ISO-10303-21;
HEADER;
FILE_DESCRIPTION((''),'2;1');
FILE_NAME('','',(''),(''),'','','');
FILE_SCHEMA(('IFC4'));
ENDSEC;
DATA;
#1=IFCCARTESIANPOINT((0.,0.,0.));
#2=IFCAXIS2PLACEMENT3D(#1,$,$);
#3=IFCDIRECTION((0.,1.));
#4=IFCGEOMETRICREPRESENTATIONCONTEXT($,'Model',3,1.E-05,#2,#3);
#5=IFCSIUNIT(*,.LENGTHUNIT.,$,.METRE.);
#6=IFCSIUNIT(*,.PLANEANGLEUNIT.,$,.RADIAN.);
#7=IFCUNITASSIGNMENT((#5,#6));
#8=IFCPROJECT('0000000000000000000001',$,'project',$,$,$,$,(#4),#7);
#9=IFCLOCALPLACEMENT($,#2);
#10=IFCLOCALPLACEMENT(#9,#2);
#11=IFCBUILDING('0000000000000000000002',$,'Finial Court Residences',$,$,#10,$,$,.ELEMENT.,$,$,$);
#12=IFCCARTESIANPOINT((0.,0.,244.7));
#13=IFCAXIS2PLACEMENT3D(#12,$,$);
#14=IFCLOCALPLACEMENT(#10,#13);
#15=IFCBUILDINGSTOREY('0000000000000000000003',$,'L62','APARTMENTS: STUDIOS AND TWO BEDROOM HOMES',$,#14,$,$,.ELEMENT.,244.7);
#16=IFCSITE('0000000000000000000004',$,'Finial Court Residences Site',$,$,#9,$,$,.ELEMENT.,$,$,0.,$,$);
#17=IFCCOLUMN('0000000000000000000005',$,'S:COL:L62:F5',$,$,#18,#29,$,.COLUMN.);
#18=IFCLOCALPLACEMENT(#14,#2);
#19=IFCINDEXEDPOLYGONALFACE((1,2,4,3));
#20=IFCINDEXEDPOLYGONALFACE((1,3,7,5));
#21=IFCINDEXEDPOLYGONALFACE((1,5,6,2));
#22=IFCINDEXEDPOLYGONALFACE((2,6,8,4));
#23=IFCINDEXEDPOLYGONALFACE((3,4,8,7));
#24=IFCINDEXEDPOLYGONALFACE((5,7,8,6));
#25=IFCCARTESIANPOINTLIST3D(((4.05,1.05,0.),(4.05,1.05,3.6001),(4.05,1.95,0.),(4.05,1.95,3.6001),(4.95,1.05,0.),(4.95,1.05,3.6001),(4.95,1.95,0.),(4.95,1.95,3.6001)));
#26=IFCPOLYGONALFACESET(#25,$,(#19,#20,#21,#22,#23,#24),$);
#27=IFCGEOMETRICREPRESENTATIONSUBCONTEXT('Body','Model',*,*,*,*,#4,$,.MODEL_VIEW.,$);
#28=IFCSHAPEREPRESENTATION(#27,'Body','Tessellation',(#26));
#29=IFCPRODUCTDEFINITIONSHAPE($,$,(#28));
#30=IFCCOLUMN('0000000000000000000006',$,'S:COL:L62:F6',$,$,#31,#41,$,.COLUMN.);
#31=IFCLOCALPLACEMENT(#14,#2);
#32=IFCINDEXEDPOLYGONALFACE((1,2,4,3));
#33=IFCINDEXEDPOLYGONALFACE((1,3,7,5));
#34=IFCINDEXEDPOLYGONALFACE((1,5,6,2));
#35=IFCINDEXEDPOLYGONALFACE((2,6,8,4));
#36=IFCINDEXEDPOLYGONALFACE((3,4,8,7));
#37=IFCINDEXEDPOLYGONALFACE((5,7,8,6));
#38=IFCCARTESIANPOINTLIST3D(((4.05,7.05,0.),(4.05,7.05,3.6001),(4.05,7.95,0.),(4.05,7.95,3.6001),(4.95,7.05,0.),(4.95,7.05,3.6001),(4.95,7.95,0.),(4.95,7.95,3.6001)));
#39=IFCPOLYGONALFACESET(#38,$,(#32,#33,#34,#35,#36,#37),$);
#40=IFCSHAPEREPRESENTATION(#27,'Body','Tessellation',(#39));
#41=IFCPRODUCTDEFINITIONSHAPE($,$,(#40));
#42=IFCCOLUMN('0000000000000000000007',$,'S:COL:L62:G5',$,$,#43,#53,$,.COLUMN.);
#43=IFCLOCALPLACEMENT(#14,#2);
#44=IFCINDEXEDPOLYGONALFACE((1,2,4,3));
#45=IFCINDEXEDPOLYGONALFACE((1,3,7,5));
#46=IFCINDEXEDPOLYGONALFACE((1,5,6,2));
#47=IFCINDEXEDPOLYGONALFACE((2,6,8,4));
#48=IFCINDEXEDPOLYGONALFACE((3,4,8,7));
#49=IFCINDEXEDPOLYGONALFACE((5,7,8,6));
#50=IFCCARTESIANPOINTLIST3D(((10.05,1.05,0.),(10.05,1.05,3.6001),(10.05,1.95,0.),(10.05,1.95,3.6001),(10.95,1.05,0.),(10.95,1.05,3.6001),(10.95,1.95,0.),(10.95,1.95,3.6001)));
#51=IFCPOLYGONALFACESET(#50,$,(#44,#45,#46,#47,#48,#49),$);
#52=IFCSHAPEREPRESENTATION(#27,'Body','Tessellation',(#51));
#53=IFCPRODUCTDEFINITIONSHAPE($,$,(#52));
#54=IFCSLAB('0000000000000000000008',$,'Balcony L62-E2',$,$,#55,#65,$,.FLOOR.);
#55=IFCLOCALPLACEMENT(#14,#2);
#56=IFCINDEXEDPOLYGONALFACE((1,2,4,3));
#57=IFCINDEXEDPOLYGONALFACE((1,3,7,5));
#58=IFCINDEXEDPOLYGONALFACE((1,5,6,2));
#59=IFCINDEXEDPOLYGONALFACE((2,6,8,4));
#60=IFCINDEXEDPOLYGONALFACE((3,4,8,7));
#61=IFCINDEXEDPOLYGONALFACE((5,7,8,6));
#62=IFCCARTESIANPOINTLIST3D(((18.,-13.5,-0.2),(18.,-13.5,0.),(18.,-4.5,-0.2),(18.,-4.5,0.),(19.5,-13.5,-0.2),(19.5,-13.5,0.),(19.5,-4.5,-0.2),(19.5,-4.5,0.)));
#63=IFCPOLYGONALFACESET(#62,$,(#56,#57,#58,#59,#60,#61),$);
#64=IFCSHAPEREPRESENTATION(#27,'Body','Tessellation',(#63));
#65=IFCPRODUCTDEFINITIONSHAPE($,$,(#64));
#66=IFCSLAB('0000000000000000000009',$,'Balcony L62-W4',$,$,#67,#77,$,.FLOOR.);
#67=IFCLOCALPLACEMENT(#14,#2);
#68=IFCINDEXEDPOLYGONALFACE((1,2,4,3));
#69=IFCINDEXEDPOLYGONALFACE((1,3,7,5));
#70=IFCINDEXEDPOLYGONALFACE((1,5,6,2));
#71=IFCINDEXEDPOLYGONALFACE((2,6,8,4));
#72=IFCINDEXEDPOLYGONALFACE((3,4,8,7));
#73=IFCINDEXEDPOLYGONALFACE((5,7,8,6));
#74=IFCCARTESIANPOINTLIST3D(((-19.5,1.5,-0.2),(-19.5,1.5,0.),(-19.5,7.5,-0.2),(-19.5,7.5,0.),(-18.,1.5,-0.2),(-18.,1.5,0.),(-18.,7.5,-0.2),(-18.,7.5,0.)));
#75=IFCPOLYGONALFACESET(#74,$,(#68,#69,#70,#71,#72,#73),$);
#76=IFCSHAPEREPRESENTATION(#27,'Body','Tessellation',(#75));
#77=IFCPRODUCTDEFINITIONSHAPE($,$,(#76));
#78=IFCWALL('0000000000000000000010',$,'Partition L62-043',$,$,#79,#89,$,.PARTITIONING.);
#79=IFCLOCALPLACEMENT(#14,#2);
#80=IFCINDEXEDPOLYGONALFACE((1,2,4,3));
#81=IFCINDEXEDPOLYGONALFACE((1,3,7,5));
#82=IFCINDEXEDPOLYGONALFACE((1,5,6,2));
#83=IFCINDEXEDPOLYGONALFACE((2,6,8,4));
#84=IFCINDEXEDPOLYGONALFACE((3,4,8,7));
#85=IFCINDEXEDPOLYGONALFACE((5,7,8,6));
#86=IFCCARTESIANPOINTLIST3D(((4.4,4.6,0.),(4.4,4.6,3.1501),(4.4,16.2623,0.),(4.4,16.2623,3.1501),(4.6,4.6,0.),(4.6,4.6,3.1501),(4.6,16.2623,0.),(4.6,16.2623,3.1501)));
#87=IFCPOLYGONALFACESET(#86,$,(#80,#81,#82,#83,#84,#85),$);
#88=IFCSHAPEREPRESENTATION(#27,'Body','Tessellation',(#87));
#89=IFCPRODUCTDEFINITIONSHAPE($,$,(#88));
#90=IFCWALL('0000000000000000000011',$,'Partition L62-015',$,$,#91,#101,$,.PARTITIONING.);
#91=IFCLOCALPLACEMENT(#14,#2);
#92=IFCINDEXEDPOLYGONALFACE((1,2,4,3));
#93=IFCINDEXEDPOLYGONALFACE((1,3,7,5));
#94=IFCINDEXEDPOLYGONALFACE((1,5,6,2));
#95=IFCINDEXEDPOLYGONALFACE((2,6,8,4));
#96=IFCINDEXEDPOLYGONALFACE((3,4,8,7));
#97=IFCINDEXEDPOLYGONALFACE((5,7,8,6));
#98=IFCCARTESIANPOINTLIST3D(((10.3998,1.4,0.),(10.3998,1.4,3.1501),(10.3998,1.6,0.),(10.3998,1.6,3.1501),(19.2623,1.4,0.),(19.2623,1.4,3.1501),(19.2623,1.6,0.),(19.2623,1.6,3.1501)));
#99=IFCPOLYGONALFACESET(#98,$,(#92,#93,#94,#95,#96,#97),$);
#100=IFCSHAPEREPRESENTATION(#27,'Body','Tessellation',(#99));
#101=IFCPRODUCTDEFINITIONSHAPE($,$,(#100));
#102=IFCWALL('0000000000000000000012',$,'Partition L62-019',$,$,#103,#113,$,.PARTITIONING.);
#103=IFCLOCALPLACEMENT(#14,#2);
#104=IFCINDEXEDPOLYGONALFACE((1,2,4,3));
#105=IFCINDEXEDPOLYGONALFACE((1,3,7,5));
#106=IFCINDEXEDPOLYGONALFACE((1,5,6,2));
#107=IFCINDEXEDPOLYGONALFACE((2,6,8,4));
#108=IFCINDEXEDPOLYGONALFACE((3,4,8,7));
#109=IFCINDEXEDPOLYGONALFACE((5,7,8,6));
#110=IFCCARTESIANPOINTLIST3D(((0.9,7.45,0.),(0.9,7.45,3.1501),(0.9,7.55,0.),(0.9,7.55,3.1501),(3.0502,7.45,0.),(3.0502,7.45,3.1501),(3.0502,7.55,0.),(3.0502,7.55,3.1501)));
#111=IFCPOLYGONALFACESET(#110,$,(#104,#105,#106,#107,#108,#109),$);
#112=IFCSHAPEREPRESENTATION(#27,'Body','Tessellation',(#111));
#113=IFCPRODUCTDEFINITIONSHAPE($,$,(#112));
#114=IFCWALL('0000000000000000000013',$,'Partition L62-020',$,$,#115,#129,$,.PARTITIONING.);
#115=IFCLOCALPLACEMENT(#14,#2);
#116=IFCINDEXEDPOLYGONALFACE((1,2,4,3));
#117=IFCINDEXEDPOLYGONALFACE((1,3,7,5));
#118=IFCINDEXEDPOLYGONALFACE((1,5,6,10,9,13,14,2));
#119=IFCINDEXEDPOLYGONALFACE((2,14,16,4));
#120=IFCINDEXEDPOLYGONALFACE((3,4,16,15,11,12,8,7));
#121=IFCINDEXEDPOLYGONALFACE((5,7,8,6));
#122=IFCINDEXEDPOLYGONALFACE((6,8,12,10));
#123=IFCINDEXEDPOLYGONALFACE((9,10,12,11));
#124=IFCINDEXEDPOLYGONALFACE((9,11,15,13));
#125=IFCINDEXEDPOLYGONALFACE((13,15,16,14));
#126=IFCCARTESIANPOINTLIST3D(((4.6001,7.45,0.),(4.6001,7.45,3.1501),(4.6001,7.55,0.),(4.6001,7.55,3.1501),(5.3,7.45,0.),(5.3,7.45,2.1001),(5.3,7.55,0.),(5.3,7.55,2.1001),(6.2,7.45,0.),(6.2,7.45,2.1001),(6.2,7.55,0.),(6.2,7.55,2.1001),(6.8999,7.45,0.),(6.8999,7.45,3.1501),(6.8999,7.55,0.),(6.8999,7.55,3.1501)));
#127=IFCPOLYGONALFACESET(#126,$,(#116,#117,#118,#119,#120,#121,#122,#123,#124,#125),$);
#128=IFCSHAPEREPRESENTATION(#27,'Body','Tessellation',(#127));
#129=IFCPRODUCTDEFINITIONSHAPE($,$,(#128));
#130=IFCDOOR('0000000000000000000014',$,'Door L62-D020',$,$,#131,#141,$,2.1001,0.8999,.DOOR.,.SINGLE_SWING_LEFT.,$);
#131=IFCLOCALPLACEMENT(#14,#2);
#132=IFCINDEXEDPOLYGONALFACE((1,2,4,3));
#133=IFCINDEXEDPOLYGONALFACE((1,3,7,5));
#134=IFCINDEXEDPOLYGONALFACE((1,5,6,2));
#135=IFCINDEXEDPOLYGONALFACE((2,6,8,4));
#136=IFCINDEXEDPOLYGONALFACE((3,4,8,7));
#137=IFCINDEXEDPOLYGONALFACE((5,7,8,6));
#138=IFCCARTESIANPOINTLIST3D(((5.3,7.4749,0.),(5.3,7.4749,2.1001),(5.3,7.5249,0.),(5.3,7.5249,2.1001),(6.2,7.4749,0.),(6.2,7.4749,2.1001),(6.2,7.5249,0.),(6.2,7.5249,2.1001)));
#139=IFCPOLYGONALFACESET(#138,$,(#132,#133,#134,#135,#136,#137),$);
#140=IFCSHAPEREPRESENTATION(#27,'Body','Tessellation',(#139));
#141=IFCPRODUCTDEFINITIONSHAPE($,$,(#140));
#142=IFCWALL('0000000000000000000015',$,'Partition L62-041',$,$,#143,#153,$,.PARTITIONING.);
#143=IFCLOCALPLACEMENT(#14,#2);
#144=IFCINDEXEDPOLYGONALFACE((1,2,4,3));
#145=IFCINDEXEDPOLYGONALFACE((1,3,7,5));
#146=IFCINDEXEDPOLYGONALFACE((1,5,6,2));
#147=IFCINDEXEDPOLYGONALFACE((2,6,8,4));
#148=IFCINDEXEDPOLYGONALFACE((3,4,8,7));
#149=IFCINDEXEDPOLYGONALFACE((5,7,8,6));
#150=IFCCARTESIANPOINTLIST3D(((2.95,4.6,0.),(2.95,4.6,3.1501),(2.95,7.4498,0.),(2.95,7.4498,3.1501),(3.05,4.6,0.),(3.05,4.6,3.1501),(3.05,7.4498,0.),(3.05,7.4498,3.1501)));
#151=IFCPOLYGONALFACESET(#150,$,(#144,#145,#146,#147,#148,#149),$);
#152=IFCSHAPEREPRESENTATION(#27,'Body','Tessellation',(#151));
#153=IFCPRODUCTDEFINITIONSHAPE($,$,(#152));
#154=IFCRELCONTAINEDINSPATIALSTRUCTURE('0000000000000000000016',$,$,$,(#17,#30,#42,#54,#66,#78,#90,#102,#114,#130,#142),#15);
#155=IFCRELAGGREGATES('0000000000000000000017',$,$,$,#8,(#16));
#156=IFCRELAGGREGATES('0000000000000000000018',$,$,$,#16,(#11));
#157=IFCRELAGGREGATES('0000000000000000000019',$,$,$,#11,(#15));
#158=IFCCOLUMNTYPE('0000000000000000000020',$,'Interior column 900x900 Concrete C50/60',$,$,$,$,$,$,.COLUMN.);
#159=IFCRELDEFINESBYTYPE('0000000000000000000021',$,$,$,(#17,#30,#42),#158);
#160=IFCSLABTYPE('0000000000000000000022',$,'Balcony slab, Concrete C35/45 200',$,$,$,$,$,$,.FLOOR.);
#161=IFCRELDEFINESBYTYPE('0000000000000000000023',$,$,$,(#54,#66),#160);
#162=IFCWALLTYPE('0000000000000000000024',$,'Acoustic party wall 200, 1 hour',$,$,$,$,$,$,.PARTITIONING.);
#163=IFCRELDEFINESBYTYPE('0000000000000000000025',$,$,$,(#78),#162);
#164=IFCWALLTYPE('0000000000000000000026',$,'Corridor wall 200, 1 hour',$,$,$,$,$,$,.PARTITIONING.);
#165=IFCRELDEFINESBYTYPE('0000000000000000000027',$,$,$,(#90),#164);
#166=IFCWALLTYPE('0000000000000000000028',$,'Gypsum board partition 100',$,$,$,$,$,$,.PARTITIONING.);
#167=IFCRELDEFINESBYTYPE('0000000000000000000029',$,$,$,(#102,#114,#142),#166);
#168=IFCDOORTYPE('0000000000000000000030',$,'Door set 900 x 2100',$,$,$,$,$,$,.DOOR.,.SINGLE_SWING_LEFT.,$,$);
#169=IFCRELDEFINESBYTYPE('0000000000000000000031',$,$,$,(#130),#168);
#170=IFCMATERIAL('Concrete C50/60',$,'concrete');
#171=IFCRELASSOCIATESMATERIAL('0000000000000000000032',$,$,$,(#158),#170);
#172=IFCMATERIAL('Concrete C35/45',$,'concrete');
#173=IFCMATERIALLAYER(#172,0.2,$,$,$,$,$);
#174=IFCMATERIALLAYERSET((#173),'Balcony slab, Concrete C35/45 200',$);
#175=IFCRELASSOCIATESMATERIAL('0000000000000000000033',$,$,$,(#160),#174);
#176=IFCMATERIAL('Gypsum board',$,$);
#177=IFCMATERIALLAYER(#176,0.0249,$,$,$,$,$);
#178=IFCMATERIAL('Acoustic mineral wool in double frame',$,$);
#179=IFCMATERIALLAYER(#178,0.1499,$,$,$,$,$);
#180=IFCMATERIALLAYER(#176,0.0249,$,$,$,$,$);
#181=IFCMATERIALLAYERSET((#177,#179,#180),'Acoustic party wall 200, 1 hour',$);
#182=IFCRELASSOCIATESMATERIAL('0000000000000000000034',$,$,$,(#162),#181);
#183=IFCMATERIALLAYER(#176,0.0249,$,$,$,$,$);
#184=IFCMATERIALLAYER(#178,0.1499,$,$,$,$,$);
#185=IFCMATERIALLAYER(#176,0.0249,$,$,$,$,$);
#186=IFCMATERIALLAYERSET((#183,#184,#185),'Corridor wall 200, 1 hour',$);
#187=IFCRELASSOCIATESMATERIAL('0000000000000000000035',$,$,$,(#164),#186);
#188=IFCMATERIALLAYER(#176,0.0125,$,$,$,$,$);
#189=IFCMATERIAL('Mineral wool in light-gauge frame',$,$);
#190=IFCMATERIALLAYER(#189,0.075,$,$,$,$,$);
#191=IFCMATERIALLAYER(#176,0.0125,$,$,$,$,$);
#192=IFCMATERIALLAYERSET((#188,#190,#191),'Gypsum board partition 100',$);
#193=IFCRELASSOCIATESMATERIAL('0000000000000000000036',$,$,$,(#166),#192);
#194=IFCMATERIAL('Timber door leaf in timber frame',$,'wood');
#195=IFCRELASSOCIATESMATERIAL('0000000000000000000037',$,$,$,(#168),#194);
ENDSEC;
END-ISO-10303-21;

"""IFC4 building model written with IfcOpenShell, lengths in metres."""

from ifc_helpers import new_model, si_unit, direction, frame, frame_2d, origin, origin_2d, place, context, subcontext, project, spatial, polyline, rectangle, outline, extrude, material, layer, layer_set, material_profile, profile_set, type_object, element, fill, save


model = new_model("IFC4")

# Units and contexts
model_context = context("Model", 3, precision=1e-05, world=origin(), true_north=direction((0.0, 1.0)))
body_context = subcontext(model_context, "Body", "Model", "MODEL_VIEW")
ifc_project = project(units=[si_unit("LENGTHUNIT", "METRE"), si_unit("PLANEANGLEUNIT", "RADIAN")], contexts=[model_context])

# Site, building, storey
site_placement = place(None, origin())
site = spatial("IfcSite", under=ifc_project, at=site_placement, Name="Finial Court Residences Site", CompositionType="ELEMENT", RefElevation=0.0)
building_placement = place(site_placement, origin())
building = spatial("IfcBuilding", under=site, at=building_placement, Name="Finial Court Residences", CompositionType="ELEMENT")
storey_placement = place(building_placement, frame((0.0, 0.0, 244.7)))
storey = spatial("IfcBuildingStorey", under=building, at=storey_placement, Name="L62", Description="APARTMENTS: STUDIOS AND TWO BEDROOM HOMES", CompositionType="ELEMENT", Elevation=244.7)

# Columns
ifc_material_1 = material(Name="Concrete C50/60", Category="concrete")
ifc_material_profile = material_profile(ifc_material_1, rectangle(XDim=0.8999, YDim=0.8999, at=origin_2d()), Name="900x900")
ifc_profile_set = profile_set([ifc_material_profile], Name="Concrete C50/60")
column_type = type_object("IfcColumnType", Name="Interior column 900x900 Concrete C50/60", PredefinedType="COLUMN", material=ifc_profile_set)
for number, where, z_axis, x_axis, name in (
    (1, (4.5, 1.5, 0.0), (0.0, 0.0, 1.0), (1.0, 0.0, 0.0), "S:COL:L62:F5"),
    (2, (4.5, 7.5, 0.0), (0.0, 0.0, 1.0), (1.0, 0.0, 0.0), "S:COL:L62:F6"),
    (3, (10.5, 1.5, 0.0), (0.0, 0.0, 1.0), (1.0, 0.0, 0.0), "S:COL:L62:G5"),
):
    element("IfcColumn", number, at=place(storey_placement, frame(where, z_axis=z_axis, x_axis=x_axis)), inside=storey, type_object=column_type, Name=name, PredefinedType="COLUMN", context=body_context, shape_type="SweptSolid", body=[
        extrude(rectangle(XDim=0.8999, YDim=0.8999, at=origin_2d()), origin(), (0.0, 0.0, 1.0), 3.6001),
    ])

# Slabs
ifc_material_2 = material(Name="Concrete C35/45", Category="concrete")
ifc_layer_1 = layer(ifc_material_2, 0.2)
ifc_layer_set_1 = layer_set([ifc_layer_1], Name="Balcony slab, Concrete C35/45 200")
slab_type = type_object("IfcSlabType", Name="Balcony slab, Concrete C35/45 200", PredefinedType="FLOOR", material=ifc_layer_set_1)
slab_1_placement = place(storey_placement, frame((0.0, 0.0, -0.2)))
element("IfcSlab", 4, at=slab_1_placement, inside=storey, type_object=slab_type, Name="Balcony L62-E2", PredefinedType="FLOOR", context=body_context, shape_type="SweptSolid", body=[
    extrude(outline(polyline([(19.5, -13.5), (19.5, -4.5), (18.0, -4.5), (18.0, -13.5), (19.5, -13.5)])), origin(), (0.0, 0.0, 1.0), 0.2),
])
slab_2_placement = place(storey_placement, frame((0.0, 0.0, -0.2)))
element("IfcSlab", 5, at=slab_2_placement, inside=storey, type_object=slab_type, Name="Balcony L62-W4", PredefinedType="FLOOR", context=body_context, shape_type="SweptSolid", body=[
    extrude(outline(polyline([(-18.0, 1.5), (-18.0, 7.5), (-19.5, 7.5), (-19.5, 1.5), (-18.0, 1.5)])), origin(), (0.0, 0.0, 1.0), 0.2),
])

# Walls
ifc_material_3 = material(Name="Gypsum board")
ifc_layer_2 = layer(ifc_material_3, 0.0249)
ifc_material_4 = material(Name="Acoustic mineral wool in double frame")
ifc_layer_3 = layer(ifc_material_4, 0.1499)
ifc_layer_4 = layer(ifc_material_3, 0.0249)
ifc_layer_set_2 = layer_set([ifc_layer_2, ifc_layer_3, ifc_layer_4], Name="Acoustic party wall 200, 1 hour")
wall_type_1 = type_object("IfcWallType", Name="Acoustic party wall 200, 1 hour", PredefinedType="PARTITIONING", material=ifc_layer_set_2)
wall_1_placement = place(storey_placement, frame((4.5, 4.6001, 0.0), z_axis=(0.0, 0.0, 1.0), x_axis=(0.0, 1.0, 0.0)))
element("IfcWall", 6, at=wall_1_placement, inside=storey, type_object=wall_type_1, Name="Partition L62-043", PredefinedType="PARTITIONING", context=body_context, shape_type="SweptSolid", body=[
    extrude(rectangle(XDim=11.6624, YDim=0.2, at=frame_2d((5.8311, 0.0))), origin(), (0.0, 0.0, 1.0), 3.1501),
])
ifc_layer_5 = layer(ifc_material_3, 0.0249)
ifc_layer_6 = layer(ifc_material_4, 0.1499)
ifc_layer_7 = layer(ifc_material_3, 0.0249)
ifc_layer_set_3 = layer_set([ifc_layer_5, ifc_layer_6, ifc_layer_7], Name="Corridor wall 200, 1 hour")
wall_type_2 = type_object("IfcWallType", Name="Corridor wall 200, 1 hour", PredefinedType="PARTITIONING", material=ifc_layer_set_3)
wall_2_placement = place(storey_placement, frame((10.3999, 1.5, 0.0), z_axis=(0.0, 0.0, 1.0), x_axis=(1.0, 0.0, 0.0)))
element("IfcWall", 7, at=wall_2_placement, inside=storey, type_object=wall_type_2, Name="Partition L62-015", PredefinedType="PARTITIONING", context=body_context, shape_type="SweptSolid", body=[
    extrude(rectangle(XDim=8.8625, YDim=0.2, at=frame_2d((4.4312, 0.0))), origin(), (0.0, 0.0, 1.0), 3.1501),
])
ifc_layer_8 = layer(ifc_material_3, 0.0125)
ifc_material_5 = material(Name="Mineral wool in light-gauge frame")
ifc_layer_9 = layer(ifc_material_5, 0.075)
ifc_layer_10 = layer(ifc_material_3, 0.0125)
ifc_layer_set_4 = layer_set([ifc_layer_8, ifc_layer_9, ifc_layer_10], Name="Gypsum board partition 100")
wall_type_3 = type_object("IfcWallType", Name="Gypsum board partition 100", PredefinedType="PARTITIONING", material=ifc_layer_set_4)
wall_3_placement = place(storey_placement, frame((0.8999, 7.5, 0.0), z_axis=(0.0, 0.0, 1.0), x_axis=(1.0, 0.0, 0.0)))
element("IfcWall", 8, at=wall_3_placement, inside=storey, type_object=wall_type_3, Name="Partition L62-019", PredefinedType="PARTITIONING", context=body_context, shape_type="SweptSolid", body=[
    extrude(rectangle(XDim=2.1501, YDim=0.1001, at=frame_2d((1.0752, 0.0))), origin(), (0.0, 0.0, 1.0), 3.1501),
])

# Wall, opening, door
wall_4_placement = place(storey_placement, frame((4.6001, 7.5, 0.0), z_axis=(0.0, 0.0, 1.0), x_axis=(1.0, 0.0, 0.0)))
wall_4 = element("IfcWall", 9, at=wall_4_placement, inside=storey, type_object=wall_type_3, Name="Partition L62-020", PredefinedType="PARTITIONING", context=body_context, shape_type="SweptSolid", body=[
    extrude(rectangle(XDim=2.2998, YDim=0.1001, at=frame_2d((1.1499, 0.0))), origin(), (0.0, 0.0, 1.0), 3.1501),
])
opening_1_placement = place(wall_4_placement, frame((0.7, 0.0, 0.0)))
opening_1 = element("IfcOpeningElement", 10, at=opening_1_placement, cuts=wall_4, PredefinedType="OPENING", context=body_context, shape_type="SweptSolid", body=[
    extrude(rectangle(XDim=0.8999, YDim=2.1001, at=frame_2d((0.45, 1.05))), frame((0.0, 0.0601, 0.0), z_axis=(0.0, -1.0, 0.0), x_axis=(1.0, 0.0, 0.0)), (0.0, 0.0, 1.0), 0.1201),
])
ifc_material_6 = material(Name="Timber door leaf in timber frame", Category="wood")
door_type = type_object("IfcDoorType", Name="Door set 900 x 2100", OperationType="SINGLE_SWING_LEFT", PredefinedType="DOOR", material=ifc_material_6)
door_1_placement = place(opening_1_placement, origin())
door_1 = element("IfcDoor", 11, at=door_1_placement, inside=storey, type_object=door_type, Name="Door L62-D020", OperationType="SINGLE_SWING_LEFT", OverallHeight=2.1001, OverallWidth=0.8999, PredefinedType="DOOR", context=body_context, shape_type="SweptSolid", body=[
    extrude(rectangle(XDim=0.8999, YDim=2.1001, at=frame_2d((0.45, 1.05))), frame((0.0, 0.0249, 0.0), z_axis=(0.0, -1.0, 0.0), x_axis=(1.0, 0.0, 0.0)), (0.0, 0.0, 1.0), 0.05),
])
fill(opening_1, door_1)

# Wall
wall_5_placement = place(storey_placement, frame((3.0, 4.6001, 0.0), z_axis=(0.0, 0.0, 1.0), x_axis=(0.0, 1.0, 0.0)))
element("IfcWall", 12, at=wall_5_placement, inside=storey, type_object=wall_type_3, Name="Partition L62-041", PredefinedType="PARTITIONING", context=body_context, shape_type="SweptSolid", body=[
    extrude(rectangle(XDim=2.8499, YDim=0.1001, at=frame_2d((1.4248, 0.0))), origin(), (0.0, 0.0, 1.0), 3.1501),
])

save(model, "model.ifc")
